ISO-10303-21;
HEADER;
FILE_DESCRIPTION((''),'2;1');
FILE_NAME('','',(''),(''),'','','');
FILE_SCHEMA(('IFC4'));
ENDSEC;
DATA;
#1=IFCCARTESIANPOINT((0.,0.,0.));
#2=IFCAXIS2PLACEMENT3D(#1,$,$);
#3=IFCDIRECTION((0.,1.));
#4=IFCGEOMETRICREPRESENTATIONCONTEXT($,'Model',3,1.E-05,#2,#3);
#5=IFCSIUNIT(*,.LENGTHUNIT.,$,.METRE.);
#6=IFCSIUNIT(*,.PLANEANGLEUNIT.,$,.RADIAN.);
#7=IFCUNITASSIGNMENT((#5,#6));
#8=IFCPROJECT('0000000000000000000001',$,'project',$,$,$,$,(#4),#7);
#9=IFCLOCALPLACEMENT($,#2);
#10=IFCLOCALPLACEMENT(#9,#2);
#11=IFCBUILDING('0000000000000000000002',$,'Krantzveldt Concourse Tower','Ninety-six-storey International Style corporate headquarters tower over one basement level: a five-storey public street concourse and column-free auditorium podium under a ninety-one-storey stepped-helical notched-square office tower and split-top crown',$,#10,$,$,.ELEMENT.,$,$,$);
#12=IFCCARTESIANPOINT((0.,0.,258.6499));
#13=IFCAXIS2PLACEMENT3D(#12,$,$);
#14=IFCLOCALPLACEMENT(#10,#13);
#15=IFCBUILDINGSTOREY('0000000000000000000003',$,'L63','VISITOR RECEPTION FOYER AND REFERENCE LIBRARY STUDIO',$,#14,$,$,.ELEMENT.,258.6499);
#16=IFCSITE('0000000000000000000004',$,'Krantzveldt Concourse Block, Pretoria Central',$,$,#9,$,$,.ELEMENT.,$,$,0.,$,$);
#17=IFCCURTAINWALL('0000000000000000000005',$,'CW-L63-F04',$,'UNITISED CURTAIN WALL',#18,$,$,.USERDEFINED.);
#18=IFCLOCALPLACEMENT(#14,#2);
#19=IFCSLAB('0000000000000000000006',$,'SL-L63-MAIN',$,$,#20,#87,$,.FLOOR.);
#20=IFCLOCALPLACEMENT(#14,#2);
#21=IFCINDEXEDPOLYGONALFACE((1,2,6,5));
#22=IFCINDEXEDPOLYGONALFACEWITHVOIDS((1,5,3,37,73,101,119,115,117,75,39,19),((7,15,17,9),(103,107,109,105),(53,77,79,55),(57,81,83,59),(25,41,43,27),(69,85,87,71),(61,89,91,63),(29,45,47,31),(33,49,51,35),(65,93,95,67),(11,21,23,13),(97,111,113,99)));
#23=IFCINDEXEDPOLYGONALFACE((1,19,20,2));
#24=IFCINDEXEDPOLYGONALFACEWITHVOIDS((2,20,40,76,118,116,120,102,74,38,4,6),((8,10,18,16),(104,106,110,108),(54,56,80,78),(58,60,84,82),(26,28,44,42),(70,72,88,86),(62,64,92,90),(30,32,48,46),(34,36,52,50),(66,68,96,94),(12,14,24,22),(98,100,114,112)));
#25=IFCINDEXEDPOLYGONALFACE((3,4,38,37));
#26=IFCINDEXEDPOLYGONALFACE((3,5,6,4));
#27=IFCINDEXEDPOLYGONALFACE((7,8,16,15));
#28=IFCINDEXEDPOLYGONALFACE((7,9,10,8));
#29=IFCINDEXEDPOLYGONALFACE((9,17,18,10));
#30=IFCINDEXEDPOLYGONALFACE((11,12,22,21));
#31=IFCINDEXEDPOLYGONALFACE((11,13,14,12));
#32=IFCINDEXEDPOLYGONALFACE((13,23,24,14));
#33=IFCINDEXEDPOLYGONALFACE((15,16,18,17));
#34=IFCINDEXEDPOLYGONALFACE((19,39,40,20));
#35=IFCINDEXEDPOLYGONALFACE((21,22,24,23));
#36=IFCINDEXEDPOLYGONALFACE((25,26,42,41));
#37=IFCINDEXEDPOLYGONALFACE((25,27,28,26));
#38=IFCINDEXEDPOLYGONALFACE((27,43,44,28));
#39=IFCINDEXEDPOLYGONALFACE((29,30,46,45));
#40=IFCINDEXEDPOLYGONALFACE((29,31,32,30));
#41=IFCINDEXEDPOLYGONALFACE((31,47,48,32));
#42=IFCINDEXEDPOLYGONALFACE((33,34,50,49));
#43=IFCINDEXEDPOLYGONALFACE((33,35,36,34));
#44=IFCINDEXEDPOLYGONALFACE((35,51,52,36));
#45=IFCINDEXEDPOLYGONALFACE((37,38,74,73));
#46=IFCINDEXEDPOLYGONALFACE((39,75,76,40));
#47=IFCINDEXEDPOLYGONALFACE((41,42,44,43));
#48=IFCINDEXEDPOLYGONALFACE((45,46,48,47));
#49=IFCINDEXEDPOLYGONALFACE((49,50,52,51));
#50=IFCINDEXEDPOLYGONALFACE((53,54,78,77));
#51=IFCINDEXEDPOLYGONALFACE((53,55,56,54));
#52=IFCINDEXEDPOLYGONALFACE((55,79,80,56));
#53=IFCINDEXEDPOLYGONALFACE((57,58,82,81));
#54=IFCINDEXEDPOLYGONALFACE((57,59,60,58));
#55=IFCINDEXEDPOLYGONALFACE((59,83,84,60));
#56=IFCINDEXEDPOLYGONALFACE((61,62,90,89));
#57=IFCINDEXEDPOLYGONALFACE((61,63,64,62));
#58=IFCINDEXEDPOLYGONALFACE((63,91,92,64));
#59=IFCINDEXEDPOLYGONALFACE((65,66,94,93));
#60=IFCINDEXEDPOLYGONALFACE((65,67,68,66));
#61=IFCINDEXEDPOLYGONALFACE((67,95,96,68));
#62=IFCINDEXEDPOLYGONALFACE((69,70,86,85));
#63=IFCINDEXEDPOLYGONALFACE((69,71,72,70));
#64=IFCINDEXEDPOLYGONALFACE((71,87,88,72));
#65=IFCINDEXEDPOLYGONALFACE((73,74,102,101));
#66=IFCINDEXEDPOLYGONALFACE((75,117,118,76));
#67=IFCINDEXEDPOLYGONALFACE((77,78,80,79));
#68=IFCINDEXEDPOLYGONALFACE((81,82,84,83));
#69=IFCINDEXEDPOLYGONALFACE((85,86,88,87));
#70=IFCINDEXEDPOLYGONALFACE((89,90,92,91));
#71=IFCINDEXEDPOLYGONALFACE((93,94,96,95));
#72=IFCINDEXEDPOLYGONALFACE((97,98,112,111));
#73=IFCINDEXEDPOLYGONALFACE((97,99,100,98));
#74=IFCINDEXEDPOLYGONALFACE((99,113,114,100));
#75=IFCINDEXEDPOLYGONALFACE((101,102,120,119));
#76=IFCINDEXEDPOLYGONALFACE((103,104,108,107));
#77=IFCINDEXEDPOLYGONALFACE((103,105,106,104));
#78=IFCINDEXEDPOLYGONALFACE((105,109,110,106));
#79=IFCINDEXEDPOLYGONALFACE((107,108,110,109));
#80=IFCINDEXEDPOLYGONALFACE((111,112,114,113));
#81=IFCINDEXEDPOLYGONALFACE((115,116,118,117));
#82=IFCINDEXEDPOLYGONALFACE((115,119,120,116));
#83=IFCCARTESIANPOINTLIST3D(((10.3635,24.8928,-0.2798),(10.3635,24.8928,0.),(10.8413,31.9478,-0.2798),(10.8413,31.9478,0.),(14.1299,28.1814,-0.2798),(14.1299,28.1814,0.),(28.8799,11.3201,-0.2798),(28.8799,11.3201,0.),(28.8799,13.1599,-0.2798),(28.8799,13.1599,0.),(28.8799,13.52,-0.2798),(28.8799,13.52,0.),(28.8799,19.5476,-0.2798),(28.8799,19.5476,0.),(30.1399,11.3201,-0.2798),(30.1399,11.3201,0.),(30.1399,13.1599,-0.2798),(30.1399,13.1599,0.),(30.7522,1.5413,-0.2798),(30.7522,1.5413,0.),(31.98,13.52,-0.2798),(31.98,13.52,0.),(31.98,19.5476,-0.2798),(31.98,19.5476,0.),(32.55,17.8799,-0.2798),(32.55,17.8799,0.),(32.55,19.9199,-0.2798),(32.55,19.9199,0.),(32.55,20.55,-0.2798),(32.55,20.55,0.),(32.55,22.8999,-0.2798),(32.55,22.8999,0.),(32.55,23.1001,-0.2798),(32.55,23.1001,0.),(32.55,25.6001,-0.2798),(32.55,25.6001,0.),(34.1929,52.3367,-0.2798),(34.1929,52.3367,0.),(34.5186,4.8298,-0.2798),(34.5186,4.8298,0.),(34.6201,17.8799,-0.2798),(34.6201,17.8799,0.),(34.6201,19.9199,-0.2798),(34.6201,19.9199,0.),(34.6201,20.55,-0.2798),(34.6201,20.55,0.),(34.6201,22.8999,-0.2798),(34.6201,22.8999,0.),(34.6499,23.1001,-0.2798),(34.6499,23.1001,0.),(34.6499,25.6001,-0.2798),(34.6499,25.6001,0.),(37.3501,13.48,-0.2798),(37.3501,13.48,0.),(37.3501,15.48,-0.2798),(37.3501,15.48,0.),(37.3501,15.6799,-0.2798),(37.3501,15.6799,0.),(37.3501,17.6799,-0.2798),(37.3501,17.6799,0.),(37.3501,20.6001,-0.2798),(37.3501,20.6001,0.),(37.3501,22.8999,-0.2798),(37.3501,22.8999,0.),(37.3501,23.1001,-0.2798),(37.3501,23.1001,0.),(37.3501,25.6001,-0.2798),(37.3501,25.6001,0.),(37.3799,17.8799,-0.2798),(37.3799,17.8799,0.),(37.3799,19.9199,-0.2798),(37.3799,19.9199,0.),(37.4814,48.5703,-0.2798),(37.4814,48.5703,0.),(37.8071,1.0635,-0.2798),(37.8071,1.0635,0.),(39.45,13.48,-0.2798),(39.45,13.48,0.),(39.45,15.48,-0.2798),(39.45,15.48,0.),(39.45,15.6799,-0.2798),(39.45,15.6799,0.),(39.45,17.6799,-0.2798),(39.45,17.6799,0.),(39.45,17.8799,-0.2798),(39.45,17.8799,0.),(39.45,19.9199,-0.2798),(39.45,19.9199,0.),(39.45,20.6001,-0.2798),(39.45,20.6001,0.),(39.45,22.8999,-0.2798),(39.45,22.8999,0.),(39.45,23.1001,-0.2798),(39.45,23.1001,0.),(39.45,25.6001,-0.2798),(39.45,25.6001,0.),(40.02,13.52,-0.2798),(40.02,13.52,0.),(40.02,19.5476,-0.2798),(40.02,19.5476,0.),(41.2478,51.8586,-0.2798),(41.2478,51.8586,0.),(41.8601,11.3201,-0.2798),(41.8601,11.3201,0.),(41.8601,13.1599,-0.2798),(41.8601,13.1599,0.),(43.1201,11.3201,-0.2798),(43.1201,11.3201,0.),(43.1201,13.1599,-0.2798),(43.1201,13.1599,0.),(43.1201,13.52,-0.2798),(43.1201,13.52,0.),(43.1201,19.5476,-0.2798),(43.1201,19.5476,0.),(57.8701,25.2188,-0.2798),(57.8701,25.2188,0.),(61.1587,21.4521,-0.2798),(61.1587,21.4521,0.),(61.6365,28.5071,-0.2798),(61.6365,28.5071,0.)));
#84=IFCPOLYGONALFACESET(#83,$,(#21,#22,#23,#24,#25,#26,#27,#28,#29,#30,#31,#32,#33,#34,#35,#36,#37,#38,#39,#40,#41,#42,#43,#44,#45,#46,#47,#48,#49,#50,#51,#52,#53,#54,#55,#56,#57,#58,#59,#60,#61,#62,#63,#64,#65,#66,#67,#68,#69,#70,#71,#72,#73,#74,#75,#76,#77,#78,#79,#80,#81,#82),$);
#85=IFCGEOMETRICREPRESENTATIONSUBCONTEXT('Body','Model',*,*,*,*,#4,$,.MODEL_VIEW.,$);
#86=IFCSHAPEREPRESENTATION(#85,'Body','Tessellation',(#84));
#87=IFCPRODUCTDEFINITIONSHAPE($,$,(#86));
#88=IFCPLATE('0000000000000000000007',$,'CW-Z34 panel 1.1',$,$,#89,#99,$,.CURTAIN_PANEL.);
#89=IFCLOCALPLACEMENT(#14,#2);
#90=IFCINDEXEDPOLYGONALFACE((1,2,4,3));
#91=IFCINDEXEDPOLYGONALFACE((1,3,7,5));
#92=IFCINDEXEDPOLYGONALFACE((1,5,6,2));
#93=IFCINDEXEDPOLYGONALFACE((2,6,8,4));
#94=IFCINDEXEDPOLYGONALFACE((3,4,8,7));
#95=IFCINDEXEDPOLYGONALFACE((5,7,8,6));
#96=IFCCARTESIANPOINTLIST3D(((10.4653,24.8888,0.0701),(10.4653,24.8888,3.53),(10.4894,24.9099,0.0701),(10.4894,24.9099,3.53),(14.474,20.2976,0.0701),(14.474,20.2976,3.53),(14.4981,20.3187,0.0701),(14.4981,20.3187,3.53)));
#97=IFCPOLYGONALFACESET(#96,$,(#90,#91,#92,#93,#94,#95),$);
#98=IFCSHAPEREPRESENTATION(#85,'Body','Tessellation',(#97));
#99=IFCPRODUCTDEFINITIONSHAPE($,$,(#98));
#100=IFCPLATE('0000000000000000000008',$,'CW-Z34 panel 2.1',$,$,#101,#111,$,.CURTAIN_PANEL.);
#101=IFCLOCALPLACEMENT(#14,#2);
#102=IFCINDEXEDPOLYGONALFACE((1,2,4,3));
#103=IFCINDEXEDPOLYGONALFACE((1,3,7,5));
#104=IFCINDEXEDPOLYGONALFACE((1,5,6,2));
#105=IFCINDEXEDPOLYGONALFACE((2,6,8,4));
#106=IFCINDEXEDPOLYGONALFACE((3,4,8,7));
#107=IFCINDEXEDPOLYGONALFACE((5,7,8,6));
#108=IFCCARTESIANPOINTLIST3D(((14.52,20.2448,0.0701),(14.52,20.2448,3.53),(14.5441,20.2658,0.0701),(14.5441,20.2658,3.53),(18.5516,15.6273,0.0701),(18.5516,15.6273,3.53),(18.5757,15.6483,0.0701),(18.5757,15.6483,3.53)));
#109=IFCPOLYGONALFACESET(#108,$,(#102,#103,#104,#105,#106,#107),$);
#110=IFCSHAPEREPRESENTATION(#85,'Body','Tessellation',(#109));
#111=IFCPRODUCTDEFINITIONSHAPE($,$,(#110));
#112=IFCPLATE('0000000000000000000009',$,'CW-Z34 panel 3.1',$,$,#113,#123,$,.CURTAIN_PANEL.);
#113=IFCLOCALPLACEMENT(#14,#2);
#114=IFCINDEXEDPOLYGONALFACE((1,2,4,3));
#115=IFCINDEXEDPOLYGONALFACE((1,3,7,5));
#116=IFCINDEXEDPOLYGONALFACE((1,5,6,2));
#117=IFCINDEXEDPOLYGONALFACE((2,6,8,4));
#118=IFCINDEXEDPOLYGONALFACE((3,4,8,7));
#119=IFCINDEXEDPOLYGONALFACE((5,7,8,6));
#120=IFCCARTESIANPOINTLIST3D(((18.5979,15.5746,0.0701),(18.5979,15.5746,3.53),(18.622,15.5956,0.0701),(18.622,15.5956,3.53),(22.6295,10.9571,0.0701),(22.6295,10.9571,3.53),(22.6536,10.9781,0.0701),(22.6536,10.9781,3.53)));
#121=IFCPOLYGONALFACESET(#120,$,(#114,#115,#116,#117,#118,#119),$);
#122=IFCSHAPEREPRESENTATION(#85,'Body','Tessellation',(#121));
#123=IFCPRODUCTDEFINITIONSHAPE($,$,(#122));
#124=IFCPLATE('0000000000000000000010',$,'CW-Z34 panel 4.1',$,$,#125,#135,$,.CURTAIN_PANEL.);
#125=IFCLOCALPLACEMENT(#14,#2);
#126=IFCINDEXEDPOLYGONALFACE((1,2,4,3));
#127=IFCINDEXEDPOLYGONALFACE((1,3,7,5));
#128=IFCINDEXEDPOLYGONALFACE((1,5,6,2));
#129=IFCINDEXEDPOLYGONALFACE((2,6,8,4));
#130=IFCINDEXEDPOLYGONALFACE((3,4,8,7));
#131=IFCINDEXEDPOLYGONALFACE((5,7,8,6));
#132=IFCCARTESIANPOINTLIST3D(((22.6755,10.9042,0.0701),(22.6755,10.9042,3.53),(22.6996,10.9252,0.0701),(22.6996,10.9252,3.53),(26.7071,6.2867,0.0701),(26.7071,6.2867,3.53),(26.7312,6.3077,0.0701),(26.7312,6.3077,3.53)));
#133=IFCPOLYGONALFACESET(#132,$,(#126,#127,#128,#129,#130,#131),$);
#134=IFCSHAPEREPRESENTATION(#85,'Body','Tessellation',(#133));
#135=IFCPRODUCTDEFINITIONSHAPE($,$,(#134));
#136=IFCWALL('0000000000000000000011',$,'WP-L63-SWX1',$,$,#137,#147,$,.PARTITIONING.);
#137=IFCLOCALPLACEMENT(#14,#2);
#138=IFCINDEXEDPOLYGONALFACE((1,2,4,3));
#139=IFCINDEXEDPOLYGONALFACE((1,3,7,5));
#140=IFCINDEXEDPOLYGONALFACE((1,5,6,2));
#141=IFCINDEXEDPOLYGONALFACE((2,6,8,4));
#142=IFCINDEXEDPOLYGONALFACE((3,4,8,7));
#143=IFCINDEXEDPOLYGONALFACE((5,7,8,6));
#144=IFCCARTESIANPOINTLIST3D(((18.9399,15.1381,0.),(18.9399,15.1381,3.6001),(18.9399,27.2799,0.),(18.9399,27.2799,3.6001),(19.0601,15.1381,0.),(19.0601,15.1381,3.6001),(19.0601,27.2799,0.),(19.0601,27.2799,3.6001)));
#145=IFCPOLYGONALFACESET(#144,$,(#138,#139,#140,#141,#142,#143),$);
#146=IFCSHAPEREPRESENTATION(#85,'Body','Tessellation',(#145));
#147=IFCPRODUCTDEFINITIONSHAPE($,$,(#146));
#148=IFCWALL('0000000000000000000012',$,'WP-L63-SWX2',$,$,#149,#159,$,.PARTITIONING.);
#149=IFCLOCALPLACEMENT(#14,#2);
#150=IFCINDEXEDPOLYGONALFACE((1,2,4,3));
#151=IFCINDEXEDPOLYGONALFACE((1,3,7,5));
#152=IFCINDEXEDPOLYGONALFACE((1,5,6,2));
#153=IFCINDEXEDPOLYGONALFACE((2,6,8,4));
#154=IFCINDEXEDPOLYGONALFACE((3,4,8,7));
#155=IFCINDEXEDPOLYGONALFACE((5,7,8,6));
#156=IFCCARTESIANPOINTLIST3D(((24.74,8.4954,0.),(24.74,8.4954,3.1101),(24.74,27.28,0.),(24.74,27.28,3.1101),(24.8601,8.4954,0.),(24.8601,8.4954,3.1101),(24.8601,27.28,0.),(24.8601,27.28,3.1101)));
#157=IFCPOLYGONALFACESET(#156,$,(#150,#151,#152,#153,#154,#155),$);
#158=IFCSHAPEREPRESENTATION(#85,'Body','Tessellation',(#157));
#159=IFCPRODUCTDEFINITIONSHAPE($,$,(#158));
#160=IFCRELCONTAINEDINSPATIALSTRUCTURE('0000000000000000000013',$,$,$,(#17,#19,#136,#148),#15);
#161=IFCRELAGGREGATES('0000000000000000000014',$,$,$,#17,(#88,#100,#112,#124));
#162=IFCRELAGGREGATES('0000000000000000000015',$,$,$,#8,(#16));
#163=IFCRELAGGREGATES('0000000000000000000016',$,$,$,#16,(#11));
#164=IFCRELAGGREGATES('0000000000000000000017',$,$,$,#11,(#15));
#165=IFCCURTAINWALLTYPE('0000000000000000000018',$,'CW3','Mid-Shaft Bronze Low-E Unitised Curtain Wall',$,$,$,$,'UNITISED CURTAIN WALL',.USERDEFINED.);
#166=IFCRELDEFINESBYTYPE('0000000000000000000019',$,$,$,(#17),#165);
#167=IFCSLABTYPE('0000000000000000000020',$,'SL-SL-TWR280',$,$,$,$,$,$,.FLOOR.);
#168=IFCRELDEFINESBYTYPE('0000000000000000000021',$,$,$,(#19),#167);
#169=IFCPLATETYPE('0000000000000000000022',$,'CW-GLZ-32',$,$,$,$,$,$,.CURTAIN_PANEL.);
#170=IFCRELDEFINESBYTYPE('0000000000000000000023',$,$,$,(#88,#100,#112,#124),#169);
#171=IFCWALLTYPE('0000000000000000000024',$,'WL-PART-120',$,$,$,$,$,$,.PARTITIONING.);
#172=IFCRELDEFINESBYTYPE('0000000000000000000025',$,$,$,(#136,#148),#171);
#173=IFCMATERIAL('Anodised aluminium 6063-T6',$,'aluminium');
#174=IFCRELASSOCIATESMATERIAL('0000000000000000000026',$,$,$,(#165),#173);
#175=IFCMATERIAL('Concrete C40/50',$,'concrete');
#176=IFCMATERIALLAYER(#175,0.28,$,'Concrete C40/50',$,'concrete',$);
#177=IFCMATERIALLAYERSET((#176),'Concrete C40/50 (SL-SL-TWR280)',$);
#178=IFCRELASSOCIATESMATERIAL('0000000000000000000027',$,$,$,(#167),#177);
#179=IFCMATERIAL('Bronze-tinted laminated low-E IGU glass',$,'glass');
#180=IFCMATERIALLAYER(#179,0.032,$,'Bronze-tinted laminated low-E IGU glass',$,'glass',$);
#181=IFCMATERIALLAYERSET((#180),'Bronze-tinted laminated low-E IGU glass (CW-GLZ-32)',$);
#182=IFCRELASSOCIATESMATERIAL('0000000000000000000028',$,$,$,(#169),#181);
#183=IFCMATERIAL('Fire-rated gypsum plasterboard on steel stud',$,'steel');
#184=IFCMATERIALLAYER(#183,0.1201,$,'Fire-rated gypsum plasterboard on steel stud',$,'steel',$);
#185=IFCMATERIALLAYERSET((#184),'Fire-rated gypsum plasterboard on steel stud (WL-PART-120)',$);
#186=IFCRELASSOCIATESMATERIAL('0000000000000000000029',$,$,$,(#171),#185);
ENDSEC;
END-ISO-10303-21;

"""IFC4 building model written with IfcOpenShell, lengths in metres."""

from ifc_helpers import new_model, si_unit, direction, frame, frame_2d, origin, origin_2d, place, context, subcontext, project, spatial, polyline, rectangle, outline, extrude, source, transform, mapped, material, layer, layer_set, type_object, type_shapes, element, aggregate, save


model = new_model("IFC4")

# Units and contexts
model_context = context("Model", 3, precision=1e-05, world=origin(), true_north=direction((0.0, 1.0)))
body_context = subcontext(model_context, "Body", "Model", "MODEL_VIEW")
ifc_project = project(units=[si_unit("LENGTHUNIT", "METRE"), si_unit("PLANEANGLEUNIT", "RADIAN")], contexts=[model_context])

# Site, building, storey
site_placement = place(None, origin())
site = spatial("IfcSite", under=ifc_project, at=site_placement, Name="Krantzveldt Concourse Block, Pretoria Central", CompositionType="ELEMENT", RefElevation=0.0)
building_placement = place(site_placement, origin())
building = spatial("IfcBuilding", under=site, at=building_placement, Name="Krantzveldt Concourse Tower", Description="Ninety-six-storey International Style corporate headquarters tower over one basement level: a five-storey public street concourse and column-free auditorium podium under a ninety-one-storey stepped-helical notched-square office tower and split-top crown", CompositionType="ELEMENT")
storey_placement = place(building_placement, frame((0.0, 0.0, 258.6499)))
storey = spatial("IfcBuildingStorey", under=building, at=storey_placement, Name="L63", Description="VISITOR RECEPTION FOYER AND REFERENCE LIBRARY STUDIO", CompositionType="ELEMENT", Elevation=258.6499)

# Curtain wall
ifc_material_1 = material(Name="Anodised aluminium 6063-T6", Category="aluminium")
curtain_wall_type = type_object("IfcCurtainWallType", Name="CW3", Description="Mid-Shaft Bronze Low-E Unitised Curtain Wall", ElementType="UNITISED CURTAIN WALL", PredefinedType="USERDEFINED", material=ifc_material_1)
curtain_wall_placement = place(storey_placement, origin())
curtain_wall = element("IfcCurtainWall", 1, at=curtain_wall_placement, inside=storey, type_object=curtain_wall_type, Name="CW-L63-F04", ObjectType="UNITISED CURTAIN WALL", PredefinedType="USERDEFINED")

# Slab
ifc_material_2 = material(Name="Concrete C40/50", Category="concrete")
ifc_layer_1 = layer(ifc_material_2, 0.28, Name="Concrete C40/50", Category="concrete")
ifc_layer_set_1 = layer_set([ifc_layer_1], Name="Concrete C40/50 (SL-SL-TWR280)")
slab_type_1 = type_object("IfcSlabType", Name="SL-SL-TWR280", PredefinedType="FLOOR", material=ifc_layer_set_1)
slab_1_placement = place(storey_placement, frame((0.0, 0.0, -0.2798)))
element("IfcSlab", 2, at=slab_1_placement, inside=storey, type_object=slab_type_1, Name="SL-L63-MAIN", PredefinedType="FLOOR", context=body_context, shape_type="SweptSolid", body=[
    extrude(outline(polyline([(37.4814, 48.5703), (34.1929, 52.3367), (10.8413, 31.9478), (14.1299, 28.1814), (10.3635, 24.8928), (30.7522, 1.5413), (34.5186, 4.8298), (37.8071, 1.0635), (61.1587, 21.4521), (57.8701, 25.2188), (61.6365, 28.5071), (41.2478, 51.8586), (37.4814, 48.5703)]), holes=[polyline([(28.8799, 19.5476), (28.8799, 13.52), (31.98, 13.52), (31.98, 19.5476), (28.8799, 19.5476)]), polyline([(40.02, 19.5476), (40.02, 13.52), (43.1201, 13.52), (43.1201, 19.5476), (40.02, 19.5476)]), polyline([(32.55, 23.1001), (34.6499, 23.1001), (34.6499, 25.6001), (32.55, 25.6001), (32.55, 23.1001)]), polyline([(37.3501, 23.1001), (39.45, 23.1001), (39.45, 25.6001), (37.3501, 25.6001), (37.3501, 23.1001)]), polyline([(37.3501, 20.6001), (39.45, 20.6001), (39.45, 22.8999), (37.3501, 22.8999), (37.3501, 20.6001)]), polyline([(37.3501, 13.48), (39.45, 13.48), (39.45, 15.48), (37.3501, 15.48), (37.3501, 13.48)]), polyline([(37.3501, 15.6799), (39.45, 15.6799), (39.45, 17.6799), (37.3501, 17.6799), (37.3501, 15.6799)]), polyline([(32.55, 20.55), (34.6201, 20.55), (34.6201, 22.8999), (32.55, 22.8999), (32.55, 20.55)]), polyline([(32.55, 17.8799), (34.6201, 17.8799), (34.6201, 19.9199), (32.55, 19.9199), (32.55, 17.8799)]), polyline([(37.3799, 17.8799), (39.45, 17.8799), (39.45, 19.9199), (37.3799, 19.9199), (37.3799, 17.8799)]), polyline([(28.8799, 11.3201), (30.1399, 11.3201), (30.1399, 13.1599), (28.8799, 13.1599), (28.8799, 11.3201)]), polyline([(41.8601, 11.3201), (43.1201, 11.3201), (43.1201, 13.1599), (41.8601, 13.1599), (41.8601, 11.3201)])]), origin(), (0.0, 0.0, 1.0), 0.2798),
])

# Plates
ifc_material_3 = material(Name="Bronze-tinted laminated low-E IGU glass", Category="glass")
ifc_layer_2 = layer(ifc_material_3, 0.032, Name="Bronze-tinted laminated low-E IGU glass", Category="glass")
ifc_layer_set_2 = layer_set([ifc_layer_2], Name="Bronze-tinted laminated low-E IGU glass (CW-GLZ-32)")
plate_type = type_object("IfcPlateType", Name="CW-GLZ-32", PredefinedType="CURTAIN_PANEL", material=ifc_layer_set_2)
shared_shape_1 = source(origin(), body_context, "Body", "SweptSolid", [
    extrude(rectangle(XDim=6.095, YDim=0.032, at=origin_2d()), origin(), (0.0, 0.0, 1.0), 3.46),
])
plate_1_placement = place(storey_placement, frame((12.4817, 22.6038, 0.0701), z_axis=(0.0, 0.0, 1.0), x_axis=(0.657704, -0.753277, 0.0)))
plate_1 = element("IfcPlate", 3, at=plate_1_placement, type_object=plate_type, Name="CW-Z34 panel 1.1", PredefinedType="CURTAIN_PANEL", context=body_context, shape_type="MappedRepresentation", body=[
    mapped(shared_shape_1, transform((0.0, 0.0, 0.0), x_axis=(1.0, 0.0, 0.0), y_axis=(0.0, 1.0, 0.0), z_axis=(0.0, 0.0, 1.0), scale=1.0)),
])
shared_shape_2 = source(origin(), body_context, "Body", "SweptSolid", [
    extrude(rectangle(XDim=6.1299, YDim=0.032, at=origin_2d()), origin(), (0.0, 0.0, 1.0), 3.46),
])
type_shapes(plate_type, [shared_shape_1, shared_shape_2])
plate_2_placement = place(storey_placement, frame((16.5479, 17.9465, 0.0701), z_axis=(0.0, 0.0, 1.0), x_axis=(0.657704, -0.753277, 0.0)))
plate_2 = element("IfcPlate", 4, at=plate_2_placement, type_object=plate_type, Name="CW-Z34 panel 2.1", PredefinedType="CURTAIN_PANEL", context=body_context, shape_type="MappedRepresentation", body=[
    mapped(shared_shape_2, transform((0.0, 0.0, 0.0), x_axis=(1.0, 0.0, 0.0), y_axis=(0.0, 1.0, 0.0), z_axis=(0.0, 0.0, 1.0), scale=1.0)),
])
plate_3_placement = place(storey_placement, frame((20.6257, 13.2764, 0.0701), z_axis=(0.0, 0.0, 1.0), x_axis=(0.657704, -0.753277, 0.0)))
plate_3 = element("IfcPlate", 5, at=plate_3_placement, type_object=plate_type, Name="CW-Z34 panel 3.1", PredefinedType="CURTAIN_PANEL", context=body_context, shape_type="MappedRepresentation", body=[
    mapped(shared_shape_2, transform((0.0, 0.0, 0.0), x_axis=(1.0, 0.0, 0.0), y_axis=(0.0, 1.0, 0.0), z_axis=(0.0, 0.0, 1.0), scale=1.0)),
])
plate_4_placement = place(storey_placement, frame((24.7034, 8.606, 0.0701), z_axis=(0.0, 0.0, 1.0), x_axis=(0.657704, -0.753277, 0.0)))
plate_4 = element("IfcPlate", 6, at=plate_4_placement, type_object=plate_type, Name="CW-Z34 panel 4.1", PredefinedType="CURTAIN_PANEL", context=body_context, shape_type="MappedRepresentation", body=[
    mapped(shared_shape_2, transform((0.0, 0.0, 0.0), x_axis=(1.0, 0.0, 0.0), y_axis=(0.0, 1.0, 0.0), z_axis=(0.0, 0.0, 1.0), scale=1.0)),
])
aggregate(curtain_wall, [plate_1, plate_2, plate_3, plate_4])

# Walls
ifc_material_4 = material(Name="Fire-rated gypsum plasterboard on steel stud", Category="steel")
ifc_layer_3 = layer(ifc_material_4, 0.1201, Name="Fire-rated gypsum plasterboard on steel stud", Category="steel")
ifc_layer_set_3 = layer_set([ifc_layer_3], Name="Fire-rated gypsum plasterboard on steel stud (WL-PART-120)")
wall_type = type_object("IfcWallType", Name="WL-PART-120", PredefinedType="PARTITIONING", material=ifc_layer_set_3)
wall_1_placement = place(storey_placement, frame((19.0, 15.1382, 0.0), z_axis=(0.0, 0.0, 1.0), x_axis=(0.0, 1.0, 0.0)))
element("IfcWall", 7, at=wall_1_placement, inside=storey, type_object=wall_type, Name="WP-L63-SWX1", PredefinedType="PARTITIONING", context=body_context, shape_type="SweptSolid", body=[
    extrude(rectangle(XDim=12.1418, YDim=0.1201, at=frame_2d((6.0708, 0.0))), origin(), (0.0, 0.0, 1.0), 3.6001),
])
wall_2_placement = place(storey_placement, frame((24.8, 8.4954, 0.0), z_axis=(0.0, 0.0, 1.0), x_axis=(0.0, 1.0, 0.0)))
element("IfcWall", 8, at=wall_2_placement, inside=storey, type_object=wall_type, Name="WP-L63-SWX2", PredefinedType="PARTITIONING", context=body_context, shape_type="SweptSolid", body=[
    extrude(rectangle(XDim=18.7847, YDim=0.1201, at=frame_2d((9.3923, 0.0))), origin(), (0.0, 0.0, 1.0), 3.1101),
])

save(model, "model.ifc")
